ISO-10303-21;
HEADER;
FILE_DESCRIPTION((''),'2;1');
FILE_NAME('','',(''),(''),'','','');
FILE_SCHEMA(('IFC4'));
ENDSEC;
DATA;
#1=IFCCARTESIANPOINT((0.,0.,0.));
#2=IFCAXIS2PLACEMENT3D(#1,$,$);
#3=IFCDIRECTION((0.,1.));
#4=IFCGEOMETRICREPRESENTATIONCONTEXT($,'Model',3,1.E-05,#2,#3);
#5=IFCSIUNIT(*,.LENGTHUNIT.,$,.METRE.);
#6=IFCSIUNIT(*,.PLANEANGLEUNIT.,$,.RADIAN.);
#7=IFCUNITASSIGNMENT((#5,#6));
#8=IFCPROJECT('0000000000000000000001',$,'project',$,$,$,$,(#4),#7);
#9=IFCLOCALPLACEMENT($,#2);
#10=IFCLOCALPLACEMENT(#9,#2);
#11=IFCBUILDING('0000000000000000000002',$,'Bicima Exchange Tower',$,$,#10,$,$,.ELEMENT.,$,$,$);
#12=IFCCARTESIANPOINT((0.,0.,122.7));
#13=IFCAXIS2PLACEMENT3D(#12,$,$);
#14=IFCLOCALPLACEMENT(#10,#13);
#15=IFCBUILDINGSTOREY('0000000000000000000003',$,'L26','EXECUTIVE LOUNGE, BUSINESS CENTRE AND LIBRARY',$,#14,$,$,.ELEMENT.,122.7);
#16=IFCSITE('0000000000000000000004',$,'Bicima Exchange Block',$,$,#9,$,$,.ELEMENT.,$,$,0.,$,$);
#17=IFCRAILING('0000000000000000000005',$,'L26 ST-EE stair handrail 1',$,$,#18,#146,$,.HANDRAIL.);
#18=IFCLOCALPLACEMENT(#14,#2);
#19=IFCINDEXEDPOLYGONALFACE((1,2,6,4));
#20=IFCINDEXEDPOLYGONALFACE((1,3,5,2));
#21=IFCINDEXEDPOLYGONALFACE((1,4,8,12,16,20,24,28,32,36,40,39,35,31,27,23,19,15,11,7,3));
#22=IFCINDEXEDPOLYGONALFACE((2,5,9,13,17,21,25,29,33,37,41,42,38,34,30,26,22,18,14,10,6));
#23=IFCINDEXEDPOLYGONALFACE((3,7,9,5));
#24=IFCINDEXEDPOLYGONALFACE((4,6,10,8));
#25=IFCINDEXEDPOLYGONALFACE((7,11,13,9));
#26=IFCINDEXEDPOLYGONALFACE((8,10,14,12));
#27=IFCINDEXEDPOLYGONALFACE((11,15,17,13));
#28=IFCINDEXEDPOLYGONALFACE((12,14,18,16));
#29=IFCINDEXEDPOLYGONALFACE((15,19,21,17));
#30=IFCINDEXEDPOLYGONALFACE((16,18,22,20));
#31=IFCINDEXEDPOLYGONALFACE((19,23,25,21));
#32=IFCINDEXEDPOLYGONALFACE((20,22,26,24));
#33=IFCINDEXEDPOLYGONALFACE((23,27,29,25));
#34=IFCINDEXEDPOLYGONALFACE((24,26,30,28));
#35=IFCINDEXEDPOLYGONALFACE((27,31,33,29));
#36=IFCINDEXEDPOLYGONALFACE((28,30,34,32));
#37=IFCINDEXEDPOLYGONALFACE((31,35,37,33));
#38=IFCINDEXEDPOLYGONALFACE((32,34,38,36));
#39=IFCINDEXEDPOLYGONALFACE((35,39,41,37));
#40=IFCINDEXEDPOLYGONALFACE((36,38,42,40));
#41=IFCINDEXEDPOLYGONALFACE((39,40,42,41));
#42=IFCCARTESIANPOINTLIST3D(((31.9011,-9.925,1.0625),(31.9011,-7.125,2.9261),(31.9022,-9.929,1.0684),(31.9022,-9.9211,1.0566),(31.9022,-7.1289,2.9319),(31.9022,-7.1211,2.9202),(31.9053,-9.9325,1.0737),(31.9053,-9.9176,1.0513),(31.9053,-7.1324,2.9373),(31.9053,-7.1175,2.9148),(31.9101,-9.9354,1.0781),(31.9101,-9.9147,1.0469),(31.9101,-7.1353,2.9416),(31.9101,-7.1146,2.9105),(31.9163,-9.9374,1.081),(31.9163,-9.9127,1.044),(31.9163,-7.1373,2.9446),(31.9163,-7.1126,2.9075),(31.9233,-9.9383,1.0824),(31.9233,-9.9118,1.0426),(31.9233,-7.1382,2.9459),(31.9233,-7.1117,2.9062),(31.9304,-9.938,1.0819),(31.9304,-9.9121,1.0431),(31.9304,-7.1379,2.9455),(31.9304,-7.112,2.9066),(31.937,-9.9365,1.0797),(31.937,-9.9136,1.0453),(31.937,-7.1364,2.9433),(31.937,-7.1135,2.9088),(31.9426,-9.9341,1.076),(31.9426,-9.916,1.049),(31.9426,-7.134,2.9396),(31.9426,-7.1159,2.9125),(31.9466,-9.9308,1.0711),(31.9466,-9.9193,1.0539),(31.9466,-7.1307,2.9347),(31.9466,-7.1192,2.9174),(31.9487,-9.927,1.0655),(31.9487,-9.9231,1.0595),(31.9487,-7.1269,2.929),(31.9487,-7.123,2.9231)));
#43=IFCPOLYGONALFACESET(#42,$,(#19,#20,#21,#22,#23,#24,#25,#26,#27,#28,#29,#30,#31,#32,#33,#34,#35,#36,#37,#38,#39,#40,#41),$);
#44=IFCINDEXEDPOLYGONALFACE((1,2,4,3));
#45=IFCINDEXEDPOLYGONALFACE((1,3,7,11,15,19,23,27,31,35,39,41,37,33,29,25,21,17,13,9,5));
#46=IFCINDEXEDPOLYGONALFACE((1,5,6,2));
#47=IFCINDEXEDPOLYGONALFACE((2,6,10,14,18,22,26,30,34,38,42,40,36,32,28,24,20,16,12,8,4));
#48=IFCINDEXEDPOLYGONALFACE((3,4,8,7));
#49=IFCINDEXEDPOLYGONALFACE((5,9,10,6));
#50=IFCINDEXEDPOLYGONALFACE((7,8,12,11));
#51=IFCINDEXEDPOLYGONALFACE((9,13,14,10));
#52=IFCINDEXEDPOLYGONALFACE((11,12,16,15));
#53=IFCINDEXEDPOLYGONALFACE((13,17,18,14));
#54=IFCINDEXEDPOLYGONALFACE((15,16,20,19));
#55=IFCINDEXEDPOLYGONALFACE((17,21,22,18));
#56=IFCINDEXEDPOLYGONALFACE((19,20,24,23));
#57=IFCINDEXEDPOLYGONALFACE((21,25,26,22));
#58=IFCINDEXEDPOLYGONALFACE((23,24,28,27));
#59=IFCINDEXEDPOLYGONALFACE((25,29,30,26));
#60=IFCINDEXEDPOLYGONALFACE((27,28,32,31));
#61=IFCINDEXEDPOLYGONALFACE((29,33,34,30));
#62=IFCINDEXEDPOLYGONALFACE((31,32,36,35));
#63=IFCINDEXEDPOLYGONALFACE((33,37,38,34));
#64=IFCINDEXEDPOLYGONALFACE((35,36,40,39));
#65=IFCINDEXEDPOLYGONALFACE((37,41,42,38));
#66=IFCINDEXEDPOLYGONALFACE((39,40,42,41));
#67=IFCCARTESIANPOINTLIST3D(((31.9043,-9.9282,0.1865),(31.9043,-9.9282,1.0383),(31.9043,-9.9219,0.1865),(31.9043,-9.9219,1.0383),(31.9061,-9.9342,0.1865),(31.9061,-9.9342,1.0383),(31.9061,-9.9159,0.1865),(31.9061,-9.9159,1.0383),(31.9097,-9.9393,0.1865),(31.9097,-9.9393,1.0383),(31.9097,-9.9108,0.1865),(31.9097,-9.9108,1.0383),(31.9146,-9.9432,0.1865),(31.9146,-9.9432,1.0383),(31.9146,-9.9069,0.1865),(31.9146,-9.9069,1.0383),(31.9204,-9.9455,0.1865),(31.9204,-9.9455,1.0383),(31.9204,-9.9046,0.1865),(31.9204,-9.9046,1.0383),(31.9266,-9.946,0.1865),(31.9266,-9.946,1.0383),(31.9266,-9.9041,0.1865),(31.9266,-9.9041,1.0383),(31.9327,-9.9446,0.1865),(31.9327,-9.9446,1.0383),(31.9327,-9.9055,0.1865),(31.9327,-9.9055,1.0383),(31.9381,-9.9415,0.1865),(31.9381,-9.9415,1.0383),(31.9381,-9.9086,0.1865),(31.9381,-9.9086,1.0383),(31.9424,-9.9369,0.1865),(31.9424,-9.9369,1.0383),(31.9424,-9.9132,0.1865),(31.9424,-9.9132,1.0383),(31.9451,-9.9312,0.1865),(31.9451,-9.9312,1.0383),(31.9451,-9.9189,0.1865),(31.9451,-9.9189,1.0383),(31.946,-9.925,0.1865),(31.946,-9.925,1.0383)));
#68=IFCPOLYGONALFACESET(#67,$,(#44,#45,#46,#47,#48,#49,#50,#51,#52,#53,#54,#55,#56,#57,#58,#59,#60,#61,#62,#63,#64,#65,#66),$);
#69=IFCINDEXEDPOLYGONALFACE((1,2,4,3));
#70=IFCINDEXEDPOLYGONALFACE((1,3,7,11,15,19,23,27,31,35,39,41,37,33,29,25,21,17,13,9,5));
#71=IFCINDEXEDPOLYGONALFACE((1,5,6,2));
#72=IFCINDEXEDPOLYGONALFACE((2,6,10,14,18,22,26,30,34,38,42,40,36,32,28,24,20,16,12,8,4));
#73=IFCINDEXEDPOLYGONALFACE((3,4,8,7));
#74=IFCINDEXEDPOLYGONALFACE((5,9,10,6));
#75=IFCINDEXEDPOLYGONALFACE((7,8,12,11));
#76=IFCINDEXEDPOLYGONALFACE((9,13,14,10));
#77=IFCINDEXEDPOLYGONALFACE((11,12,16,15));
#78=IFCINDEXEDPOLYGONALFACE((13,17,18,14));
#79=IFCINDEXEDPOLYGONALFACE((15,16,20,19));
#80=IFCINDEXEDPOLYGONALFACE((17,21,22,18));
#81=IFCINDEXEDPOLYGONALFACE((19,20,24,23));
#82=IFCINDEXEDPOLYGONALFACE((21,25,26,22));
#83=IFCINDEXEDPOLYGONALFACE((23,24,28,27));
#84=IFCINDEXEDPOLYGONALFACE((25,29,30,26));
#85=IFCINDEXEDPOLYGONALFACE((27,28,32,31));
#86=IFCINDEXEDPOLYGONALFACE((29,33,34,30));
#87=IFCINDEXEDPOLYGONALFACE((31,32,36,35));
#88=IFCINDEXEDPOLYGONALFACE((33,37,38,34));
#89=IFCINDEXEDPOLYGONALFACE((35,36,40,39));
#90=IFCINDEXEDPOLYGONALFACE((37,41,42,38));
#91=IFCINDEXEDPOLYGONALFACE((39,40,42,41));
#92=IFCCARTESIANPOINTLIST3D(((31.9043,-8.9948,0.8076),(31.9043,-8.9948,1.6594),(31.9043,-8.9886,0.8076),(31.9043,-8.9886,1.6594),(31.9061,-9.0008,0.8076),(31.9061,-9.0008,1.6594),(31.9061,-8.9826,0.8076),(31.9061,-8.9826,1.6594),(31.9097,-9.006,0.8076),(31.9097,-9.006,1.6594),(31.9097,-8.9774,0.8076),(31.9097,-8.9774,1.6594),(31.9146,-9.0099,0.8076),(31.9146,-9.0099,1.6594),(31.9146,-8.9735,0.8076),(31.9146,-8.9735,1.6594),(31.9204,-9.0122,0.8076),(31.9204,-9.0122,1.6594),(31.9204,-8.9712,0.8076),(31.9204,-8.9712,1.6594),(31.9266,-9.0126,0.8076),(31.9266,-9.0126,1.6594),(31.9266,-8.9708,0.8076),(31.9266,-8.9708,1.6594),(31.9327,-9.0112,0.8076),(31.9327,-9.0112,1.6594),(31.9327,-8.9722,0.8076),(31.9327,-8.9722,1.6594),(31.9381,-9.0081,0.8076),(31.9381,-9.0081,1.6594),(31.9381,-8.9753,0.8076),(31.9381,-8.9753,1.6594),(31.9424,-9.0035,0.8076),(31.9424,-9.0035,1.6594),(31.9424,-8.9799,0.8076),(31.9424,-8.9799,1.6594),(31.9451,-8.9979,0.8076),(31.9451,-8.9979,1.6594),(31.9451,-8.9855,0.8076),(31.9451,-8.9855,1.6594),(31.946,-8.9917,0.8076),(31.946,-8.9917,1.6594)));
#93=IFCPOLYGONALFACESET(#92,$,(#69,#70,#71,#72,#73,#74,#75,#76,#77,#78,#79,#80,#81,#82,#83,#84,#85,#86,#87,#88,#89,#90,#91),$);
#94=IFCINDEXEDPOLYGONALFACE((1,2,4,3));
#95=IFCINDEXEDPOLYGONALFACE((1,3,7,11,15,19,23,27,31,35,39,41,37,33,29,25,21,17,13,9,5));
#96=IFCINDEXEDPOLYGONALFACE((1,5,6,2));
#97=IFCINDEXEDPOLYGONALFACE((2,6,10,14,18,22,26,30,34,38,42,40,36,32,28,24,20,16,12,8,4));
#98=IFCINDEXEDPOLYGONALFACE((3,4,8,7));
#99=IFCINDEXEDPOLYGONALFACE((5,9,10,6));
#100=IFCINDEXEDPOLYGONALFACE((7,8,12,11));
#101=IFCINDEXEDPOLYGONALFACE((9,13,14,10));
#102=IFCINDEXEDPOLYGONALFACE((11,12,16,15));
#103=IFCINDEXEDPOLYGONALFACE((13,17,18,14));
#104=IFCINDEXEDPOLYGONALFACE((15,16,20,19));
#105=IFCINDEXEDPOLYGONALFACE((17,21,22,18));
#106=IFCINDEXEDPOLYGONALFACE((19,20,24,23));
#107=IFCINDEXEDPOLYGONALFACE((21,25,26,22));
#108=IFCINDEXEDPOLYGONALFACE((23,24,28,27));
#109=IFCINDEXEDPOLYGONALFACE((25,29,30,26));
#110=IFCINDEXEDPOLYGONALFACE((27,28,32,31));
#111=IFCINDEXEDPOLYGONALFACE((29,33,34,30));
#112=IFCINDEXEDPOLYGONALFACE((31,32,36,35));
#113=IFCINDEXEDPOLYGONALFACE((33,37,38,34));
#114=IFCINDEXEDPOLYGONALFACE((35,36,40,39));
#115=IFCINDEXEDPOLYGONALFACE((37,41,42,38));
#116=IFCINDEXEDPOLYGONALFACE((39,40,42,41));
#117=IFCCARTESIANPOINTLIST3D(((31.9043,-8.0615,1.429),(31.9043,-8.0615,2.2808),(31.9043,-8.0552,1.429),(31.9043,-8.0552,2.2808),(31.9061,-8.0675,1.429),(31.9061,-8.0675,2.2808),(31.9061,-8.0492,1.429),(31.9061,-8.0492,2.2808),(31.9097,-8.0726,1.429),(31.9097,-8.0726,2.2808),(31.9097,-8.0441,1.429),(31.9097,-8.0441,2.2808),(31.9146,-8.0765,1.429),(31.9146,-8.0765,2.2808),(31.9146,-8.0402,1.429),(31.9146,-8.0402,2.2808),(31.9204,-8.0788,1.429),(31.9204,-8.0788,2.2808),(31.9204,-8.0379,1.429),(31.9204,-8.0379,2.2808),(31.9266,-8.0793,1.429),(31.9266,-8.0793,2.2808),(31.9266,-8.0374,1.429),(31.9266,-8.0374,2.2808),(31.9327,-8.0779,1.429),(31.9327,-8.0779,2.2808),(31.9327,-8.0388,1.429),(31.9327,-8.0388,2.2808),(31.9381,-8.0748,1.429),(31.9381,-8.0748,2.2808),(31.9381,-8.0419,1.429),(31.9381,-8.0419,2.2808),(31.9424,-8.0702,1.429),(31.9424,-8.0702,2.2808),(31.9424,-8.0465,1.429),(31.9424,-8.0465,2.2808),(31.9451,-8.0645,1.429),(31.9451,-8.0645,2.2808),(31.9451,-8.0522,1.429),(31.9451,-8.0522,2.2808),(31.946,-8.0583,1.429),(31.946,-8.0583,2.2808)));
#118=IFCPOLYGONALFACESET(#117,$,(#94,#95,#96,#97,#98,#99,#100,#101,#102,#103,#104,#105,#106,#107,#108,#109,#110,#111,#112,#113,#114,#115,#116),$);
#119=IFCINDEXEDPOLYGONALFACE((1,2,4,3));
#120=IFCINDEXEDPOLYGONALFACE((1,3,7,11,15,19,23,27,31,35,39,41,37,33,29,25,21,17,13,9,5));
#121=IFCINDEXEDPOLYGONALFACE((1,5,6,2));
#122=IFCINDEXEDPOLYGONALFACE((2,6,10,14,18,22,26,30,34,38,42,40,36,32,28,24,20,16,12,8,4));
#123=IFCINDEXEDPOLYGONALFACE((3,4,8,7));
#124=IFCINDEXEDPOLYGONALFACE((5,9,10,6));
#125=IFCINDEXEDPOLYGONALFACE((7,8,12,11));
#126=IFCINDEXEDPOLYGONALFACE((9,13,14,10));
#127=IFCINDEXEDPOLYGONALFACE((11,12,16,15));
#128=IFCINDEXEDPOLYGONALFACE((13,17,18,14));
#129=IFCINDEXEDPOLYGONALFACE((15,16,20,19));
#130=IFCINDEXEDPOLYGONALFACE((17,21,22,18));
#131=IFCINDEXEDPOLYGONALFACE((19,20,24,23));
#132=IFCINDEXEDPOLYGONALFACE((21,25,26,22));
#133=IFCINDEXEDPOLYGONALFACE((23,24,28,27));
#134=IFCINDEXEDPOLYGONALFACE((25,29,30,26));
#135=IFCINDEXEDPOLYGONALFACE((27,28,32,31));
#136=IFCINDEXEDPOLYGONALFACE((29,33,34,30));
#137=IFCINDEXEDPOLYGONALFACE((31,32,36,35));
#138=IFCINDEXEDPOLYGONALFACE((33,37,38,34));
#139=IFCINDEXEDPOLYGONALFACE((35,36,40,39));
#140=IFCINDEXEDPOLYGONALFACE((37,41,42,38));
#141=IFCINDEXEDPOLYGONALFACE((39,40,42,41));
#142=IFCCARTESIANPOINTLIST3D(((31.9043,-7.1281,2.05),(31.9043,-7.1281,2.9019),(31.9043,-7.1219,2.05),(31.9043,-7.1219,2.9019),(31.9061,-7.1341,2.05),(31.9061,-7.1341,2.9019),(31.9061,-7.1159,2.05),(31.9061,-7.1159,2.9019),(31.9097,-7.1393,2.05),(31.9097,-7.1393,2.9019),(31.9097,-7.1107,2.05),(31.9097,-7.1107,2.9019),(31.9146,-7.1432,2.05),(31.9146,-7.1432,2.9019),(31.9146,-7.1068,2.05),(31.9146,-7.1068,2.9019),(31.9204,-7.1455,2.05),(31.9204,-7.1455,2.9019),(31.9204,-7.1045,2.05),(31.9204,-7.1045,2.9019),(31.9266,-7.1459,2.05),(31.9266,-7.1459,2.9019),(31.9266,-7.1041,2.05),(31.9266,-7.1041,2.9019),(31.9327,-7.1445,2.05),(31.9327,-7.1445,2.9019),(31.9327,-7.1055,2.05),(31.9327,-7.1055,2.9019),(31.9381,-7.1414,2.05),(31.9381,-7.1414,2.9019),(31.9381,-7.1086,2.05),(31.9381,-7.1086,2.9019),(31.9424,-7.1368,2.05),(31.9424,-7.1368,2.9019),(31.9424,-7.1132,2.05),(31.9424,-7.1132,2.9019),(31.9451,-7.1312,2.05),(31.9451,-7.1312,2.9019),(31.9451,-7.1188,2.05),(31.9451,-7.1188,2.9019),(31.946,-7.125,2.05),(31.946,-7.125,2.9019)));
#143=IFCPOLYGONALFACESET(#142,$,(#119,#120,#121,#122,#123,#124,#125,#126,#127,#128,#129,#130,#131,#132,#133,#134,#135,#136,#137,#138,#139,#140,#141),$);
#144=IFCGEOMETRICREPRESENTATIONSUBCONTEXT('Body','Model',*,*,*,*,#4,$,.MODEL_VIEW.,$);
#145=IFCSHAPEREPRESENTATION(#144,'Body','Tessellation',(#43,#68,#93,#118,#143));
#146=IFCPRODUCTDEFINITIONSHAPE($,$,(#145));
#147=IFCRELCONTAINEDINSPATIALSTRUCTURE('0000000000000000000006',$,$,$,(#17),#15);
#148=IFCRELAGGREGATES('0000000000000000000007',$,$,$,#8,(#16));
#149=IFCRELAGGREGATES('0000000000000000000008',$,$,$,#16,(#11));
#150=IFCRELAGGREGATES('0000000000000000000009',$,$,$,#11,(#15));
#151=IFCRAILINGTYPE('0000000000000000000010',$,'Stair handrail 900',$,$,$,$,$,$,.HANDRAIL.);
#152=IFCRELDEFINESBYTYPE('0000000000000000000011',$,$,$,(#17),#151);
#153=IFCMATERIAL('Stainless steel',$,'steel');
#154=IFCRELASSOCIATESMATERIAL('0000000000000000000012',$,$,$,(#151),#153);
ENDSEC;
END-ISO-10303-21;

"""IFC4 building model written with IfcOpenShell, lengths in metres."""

from ifc_helpers import new_model, si_unit, direction, frame, origin, origin_2d, place, context, subcontext, project, spatial, circle, extrude, material, type_object, element, save


model = new_model("IFC4")

# Units and contexts
model_context = context("Model", 3, precision=1e-05, world=origin(), true_north=direction((0.0, 1.0)))
body_context = subcontext(model_context, "Body", "Model", "MODEL_VIEW")
ifc_project = project(units=[si_unit("LENGTHUNIT", "METRE"), si_unit("PLANEANGLEUNIT", "RADIAN")], contexts=[model_context])

# Site, building, storey
site_placement = place(None, origin())
site = spatial("IfcSite", under=ifc_project, at=site_placement, Name="Bicima Exchange Block", CompositionType="ELEMENT", RefElevation=0.0)
building_placement = place(site_placement, origin())
building = spatial("IfcBuilding", under=site, at=building_placement, Name="Bicima Exchange Tower", CompositionType="ELEMENT")
storey_placement = place(building_placement, frame((0.0, 0.0, 122.7)))
storey = spatial("IfcBuildingStorey", under=building, at=storey_placement, Name="L26", Description="EXECUTIVE LOUNGE, BUSINESS CENTRE AND LIBRARY", CompositionType="ELEMENT", Elevation=122.7)

# Railing
ifc_material_1 = material(Name="Stainless steel", Category="steel")
railing_type_1 = type_object("IfcRailingType", Name="Stair handrail 900", PredefinedType="HANDRAIL", material=ifc_material_1)
railing_1_placement = place(storey_placement, frame((31.925, -9.925, 0.1865)))
element("IfcRailing", 1, at=railing_1_placement, inside=storey, type_object=railing_type_1, Name="L26 ST-EE stair handrail 1", PredefinedType="HANDRAIL", context=body_context, shape_type="SweptSolid", body=[
    extrude(circle(Radius=0.0239, at=origin_2d()), frame((0.0, 0.0, 0.876), z_axis=(0.0, 0.832486, 0.554047), x_axis=(-1.0, 0.0, 0.0)), (0.0, 0.0, 1.0), 3.3635),
    extrude(circle(Radius=0.021, at=origin_2d()), origin(), (0.0, 0.0, 1.0), 0.8518),
    extrude(circle(Radius=0.021, at=origin_2d()), frame((0.0, 0.9333, 0.6211)), (0.0, 0.0, 1.0), 0.8518),
    extrude(circle(Radius=0.021, at=origin_2d()), frame((0.0, 1.8667, 1.2424)), (0.0, 0.0, 1.0), 0.8518),
    extrude(circle(Radius=0.021, at=origin_2d()), frame((0.0, 2.8, 1.8635)), (0.0, 0.0, 1.0), 0.8518),
])

save(model, "model.ifc")
